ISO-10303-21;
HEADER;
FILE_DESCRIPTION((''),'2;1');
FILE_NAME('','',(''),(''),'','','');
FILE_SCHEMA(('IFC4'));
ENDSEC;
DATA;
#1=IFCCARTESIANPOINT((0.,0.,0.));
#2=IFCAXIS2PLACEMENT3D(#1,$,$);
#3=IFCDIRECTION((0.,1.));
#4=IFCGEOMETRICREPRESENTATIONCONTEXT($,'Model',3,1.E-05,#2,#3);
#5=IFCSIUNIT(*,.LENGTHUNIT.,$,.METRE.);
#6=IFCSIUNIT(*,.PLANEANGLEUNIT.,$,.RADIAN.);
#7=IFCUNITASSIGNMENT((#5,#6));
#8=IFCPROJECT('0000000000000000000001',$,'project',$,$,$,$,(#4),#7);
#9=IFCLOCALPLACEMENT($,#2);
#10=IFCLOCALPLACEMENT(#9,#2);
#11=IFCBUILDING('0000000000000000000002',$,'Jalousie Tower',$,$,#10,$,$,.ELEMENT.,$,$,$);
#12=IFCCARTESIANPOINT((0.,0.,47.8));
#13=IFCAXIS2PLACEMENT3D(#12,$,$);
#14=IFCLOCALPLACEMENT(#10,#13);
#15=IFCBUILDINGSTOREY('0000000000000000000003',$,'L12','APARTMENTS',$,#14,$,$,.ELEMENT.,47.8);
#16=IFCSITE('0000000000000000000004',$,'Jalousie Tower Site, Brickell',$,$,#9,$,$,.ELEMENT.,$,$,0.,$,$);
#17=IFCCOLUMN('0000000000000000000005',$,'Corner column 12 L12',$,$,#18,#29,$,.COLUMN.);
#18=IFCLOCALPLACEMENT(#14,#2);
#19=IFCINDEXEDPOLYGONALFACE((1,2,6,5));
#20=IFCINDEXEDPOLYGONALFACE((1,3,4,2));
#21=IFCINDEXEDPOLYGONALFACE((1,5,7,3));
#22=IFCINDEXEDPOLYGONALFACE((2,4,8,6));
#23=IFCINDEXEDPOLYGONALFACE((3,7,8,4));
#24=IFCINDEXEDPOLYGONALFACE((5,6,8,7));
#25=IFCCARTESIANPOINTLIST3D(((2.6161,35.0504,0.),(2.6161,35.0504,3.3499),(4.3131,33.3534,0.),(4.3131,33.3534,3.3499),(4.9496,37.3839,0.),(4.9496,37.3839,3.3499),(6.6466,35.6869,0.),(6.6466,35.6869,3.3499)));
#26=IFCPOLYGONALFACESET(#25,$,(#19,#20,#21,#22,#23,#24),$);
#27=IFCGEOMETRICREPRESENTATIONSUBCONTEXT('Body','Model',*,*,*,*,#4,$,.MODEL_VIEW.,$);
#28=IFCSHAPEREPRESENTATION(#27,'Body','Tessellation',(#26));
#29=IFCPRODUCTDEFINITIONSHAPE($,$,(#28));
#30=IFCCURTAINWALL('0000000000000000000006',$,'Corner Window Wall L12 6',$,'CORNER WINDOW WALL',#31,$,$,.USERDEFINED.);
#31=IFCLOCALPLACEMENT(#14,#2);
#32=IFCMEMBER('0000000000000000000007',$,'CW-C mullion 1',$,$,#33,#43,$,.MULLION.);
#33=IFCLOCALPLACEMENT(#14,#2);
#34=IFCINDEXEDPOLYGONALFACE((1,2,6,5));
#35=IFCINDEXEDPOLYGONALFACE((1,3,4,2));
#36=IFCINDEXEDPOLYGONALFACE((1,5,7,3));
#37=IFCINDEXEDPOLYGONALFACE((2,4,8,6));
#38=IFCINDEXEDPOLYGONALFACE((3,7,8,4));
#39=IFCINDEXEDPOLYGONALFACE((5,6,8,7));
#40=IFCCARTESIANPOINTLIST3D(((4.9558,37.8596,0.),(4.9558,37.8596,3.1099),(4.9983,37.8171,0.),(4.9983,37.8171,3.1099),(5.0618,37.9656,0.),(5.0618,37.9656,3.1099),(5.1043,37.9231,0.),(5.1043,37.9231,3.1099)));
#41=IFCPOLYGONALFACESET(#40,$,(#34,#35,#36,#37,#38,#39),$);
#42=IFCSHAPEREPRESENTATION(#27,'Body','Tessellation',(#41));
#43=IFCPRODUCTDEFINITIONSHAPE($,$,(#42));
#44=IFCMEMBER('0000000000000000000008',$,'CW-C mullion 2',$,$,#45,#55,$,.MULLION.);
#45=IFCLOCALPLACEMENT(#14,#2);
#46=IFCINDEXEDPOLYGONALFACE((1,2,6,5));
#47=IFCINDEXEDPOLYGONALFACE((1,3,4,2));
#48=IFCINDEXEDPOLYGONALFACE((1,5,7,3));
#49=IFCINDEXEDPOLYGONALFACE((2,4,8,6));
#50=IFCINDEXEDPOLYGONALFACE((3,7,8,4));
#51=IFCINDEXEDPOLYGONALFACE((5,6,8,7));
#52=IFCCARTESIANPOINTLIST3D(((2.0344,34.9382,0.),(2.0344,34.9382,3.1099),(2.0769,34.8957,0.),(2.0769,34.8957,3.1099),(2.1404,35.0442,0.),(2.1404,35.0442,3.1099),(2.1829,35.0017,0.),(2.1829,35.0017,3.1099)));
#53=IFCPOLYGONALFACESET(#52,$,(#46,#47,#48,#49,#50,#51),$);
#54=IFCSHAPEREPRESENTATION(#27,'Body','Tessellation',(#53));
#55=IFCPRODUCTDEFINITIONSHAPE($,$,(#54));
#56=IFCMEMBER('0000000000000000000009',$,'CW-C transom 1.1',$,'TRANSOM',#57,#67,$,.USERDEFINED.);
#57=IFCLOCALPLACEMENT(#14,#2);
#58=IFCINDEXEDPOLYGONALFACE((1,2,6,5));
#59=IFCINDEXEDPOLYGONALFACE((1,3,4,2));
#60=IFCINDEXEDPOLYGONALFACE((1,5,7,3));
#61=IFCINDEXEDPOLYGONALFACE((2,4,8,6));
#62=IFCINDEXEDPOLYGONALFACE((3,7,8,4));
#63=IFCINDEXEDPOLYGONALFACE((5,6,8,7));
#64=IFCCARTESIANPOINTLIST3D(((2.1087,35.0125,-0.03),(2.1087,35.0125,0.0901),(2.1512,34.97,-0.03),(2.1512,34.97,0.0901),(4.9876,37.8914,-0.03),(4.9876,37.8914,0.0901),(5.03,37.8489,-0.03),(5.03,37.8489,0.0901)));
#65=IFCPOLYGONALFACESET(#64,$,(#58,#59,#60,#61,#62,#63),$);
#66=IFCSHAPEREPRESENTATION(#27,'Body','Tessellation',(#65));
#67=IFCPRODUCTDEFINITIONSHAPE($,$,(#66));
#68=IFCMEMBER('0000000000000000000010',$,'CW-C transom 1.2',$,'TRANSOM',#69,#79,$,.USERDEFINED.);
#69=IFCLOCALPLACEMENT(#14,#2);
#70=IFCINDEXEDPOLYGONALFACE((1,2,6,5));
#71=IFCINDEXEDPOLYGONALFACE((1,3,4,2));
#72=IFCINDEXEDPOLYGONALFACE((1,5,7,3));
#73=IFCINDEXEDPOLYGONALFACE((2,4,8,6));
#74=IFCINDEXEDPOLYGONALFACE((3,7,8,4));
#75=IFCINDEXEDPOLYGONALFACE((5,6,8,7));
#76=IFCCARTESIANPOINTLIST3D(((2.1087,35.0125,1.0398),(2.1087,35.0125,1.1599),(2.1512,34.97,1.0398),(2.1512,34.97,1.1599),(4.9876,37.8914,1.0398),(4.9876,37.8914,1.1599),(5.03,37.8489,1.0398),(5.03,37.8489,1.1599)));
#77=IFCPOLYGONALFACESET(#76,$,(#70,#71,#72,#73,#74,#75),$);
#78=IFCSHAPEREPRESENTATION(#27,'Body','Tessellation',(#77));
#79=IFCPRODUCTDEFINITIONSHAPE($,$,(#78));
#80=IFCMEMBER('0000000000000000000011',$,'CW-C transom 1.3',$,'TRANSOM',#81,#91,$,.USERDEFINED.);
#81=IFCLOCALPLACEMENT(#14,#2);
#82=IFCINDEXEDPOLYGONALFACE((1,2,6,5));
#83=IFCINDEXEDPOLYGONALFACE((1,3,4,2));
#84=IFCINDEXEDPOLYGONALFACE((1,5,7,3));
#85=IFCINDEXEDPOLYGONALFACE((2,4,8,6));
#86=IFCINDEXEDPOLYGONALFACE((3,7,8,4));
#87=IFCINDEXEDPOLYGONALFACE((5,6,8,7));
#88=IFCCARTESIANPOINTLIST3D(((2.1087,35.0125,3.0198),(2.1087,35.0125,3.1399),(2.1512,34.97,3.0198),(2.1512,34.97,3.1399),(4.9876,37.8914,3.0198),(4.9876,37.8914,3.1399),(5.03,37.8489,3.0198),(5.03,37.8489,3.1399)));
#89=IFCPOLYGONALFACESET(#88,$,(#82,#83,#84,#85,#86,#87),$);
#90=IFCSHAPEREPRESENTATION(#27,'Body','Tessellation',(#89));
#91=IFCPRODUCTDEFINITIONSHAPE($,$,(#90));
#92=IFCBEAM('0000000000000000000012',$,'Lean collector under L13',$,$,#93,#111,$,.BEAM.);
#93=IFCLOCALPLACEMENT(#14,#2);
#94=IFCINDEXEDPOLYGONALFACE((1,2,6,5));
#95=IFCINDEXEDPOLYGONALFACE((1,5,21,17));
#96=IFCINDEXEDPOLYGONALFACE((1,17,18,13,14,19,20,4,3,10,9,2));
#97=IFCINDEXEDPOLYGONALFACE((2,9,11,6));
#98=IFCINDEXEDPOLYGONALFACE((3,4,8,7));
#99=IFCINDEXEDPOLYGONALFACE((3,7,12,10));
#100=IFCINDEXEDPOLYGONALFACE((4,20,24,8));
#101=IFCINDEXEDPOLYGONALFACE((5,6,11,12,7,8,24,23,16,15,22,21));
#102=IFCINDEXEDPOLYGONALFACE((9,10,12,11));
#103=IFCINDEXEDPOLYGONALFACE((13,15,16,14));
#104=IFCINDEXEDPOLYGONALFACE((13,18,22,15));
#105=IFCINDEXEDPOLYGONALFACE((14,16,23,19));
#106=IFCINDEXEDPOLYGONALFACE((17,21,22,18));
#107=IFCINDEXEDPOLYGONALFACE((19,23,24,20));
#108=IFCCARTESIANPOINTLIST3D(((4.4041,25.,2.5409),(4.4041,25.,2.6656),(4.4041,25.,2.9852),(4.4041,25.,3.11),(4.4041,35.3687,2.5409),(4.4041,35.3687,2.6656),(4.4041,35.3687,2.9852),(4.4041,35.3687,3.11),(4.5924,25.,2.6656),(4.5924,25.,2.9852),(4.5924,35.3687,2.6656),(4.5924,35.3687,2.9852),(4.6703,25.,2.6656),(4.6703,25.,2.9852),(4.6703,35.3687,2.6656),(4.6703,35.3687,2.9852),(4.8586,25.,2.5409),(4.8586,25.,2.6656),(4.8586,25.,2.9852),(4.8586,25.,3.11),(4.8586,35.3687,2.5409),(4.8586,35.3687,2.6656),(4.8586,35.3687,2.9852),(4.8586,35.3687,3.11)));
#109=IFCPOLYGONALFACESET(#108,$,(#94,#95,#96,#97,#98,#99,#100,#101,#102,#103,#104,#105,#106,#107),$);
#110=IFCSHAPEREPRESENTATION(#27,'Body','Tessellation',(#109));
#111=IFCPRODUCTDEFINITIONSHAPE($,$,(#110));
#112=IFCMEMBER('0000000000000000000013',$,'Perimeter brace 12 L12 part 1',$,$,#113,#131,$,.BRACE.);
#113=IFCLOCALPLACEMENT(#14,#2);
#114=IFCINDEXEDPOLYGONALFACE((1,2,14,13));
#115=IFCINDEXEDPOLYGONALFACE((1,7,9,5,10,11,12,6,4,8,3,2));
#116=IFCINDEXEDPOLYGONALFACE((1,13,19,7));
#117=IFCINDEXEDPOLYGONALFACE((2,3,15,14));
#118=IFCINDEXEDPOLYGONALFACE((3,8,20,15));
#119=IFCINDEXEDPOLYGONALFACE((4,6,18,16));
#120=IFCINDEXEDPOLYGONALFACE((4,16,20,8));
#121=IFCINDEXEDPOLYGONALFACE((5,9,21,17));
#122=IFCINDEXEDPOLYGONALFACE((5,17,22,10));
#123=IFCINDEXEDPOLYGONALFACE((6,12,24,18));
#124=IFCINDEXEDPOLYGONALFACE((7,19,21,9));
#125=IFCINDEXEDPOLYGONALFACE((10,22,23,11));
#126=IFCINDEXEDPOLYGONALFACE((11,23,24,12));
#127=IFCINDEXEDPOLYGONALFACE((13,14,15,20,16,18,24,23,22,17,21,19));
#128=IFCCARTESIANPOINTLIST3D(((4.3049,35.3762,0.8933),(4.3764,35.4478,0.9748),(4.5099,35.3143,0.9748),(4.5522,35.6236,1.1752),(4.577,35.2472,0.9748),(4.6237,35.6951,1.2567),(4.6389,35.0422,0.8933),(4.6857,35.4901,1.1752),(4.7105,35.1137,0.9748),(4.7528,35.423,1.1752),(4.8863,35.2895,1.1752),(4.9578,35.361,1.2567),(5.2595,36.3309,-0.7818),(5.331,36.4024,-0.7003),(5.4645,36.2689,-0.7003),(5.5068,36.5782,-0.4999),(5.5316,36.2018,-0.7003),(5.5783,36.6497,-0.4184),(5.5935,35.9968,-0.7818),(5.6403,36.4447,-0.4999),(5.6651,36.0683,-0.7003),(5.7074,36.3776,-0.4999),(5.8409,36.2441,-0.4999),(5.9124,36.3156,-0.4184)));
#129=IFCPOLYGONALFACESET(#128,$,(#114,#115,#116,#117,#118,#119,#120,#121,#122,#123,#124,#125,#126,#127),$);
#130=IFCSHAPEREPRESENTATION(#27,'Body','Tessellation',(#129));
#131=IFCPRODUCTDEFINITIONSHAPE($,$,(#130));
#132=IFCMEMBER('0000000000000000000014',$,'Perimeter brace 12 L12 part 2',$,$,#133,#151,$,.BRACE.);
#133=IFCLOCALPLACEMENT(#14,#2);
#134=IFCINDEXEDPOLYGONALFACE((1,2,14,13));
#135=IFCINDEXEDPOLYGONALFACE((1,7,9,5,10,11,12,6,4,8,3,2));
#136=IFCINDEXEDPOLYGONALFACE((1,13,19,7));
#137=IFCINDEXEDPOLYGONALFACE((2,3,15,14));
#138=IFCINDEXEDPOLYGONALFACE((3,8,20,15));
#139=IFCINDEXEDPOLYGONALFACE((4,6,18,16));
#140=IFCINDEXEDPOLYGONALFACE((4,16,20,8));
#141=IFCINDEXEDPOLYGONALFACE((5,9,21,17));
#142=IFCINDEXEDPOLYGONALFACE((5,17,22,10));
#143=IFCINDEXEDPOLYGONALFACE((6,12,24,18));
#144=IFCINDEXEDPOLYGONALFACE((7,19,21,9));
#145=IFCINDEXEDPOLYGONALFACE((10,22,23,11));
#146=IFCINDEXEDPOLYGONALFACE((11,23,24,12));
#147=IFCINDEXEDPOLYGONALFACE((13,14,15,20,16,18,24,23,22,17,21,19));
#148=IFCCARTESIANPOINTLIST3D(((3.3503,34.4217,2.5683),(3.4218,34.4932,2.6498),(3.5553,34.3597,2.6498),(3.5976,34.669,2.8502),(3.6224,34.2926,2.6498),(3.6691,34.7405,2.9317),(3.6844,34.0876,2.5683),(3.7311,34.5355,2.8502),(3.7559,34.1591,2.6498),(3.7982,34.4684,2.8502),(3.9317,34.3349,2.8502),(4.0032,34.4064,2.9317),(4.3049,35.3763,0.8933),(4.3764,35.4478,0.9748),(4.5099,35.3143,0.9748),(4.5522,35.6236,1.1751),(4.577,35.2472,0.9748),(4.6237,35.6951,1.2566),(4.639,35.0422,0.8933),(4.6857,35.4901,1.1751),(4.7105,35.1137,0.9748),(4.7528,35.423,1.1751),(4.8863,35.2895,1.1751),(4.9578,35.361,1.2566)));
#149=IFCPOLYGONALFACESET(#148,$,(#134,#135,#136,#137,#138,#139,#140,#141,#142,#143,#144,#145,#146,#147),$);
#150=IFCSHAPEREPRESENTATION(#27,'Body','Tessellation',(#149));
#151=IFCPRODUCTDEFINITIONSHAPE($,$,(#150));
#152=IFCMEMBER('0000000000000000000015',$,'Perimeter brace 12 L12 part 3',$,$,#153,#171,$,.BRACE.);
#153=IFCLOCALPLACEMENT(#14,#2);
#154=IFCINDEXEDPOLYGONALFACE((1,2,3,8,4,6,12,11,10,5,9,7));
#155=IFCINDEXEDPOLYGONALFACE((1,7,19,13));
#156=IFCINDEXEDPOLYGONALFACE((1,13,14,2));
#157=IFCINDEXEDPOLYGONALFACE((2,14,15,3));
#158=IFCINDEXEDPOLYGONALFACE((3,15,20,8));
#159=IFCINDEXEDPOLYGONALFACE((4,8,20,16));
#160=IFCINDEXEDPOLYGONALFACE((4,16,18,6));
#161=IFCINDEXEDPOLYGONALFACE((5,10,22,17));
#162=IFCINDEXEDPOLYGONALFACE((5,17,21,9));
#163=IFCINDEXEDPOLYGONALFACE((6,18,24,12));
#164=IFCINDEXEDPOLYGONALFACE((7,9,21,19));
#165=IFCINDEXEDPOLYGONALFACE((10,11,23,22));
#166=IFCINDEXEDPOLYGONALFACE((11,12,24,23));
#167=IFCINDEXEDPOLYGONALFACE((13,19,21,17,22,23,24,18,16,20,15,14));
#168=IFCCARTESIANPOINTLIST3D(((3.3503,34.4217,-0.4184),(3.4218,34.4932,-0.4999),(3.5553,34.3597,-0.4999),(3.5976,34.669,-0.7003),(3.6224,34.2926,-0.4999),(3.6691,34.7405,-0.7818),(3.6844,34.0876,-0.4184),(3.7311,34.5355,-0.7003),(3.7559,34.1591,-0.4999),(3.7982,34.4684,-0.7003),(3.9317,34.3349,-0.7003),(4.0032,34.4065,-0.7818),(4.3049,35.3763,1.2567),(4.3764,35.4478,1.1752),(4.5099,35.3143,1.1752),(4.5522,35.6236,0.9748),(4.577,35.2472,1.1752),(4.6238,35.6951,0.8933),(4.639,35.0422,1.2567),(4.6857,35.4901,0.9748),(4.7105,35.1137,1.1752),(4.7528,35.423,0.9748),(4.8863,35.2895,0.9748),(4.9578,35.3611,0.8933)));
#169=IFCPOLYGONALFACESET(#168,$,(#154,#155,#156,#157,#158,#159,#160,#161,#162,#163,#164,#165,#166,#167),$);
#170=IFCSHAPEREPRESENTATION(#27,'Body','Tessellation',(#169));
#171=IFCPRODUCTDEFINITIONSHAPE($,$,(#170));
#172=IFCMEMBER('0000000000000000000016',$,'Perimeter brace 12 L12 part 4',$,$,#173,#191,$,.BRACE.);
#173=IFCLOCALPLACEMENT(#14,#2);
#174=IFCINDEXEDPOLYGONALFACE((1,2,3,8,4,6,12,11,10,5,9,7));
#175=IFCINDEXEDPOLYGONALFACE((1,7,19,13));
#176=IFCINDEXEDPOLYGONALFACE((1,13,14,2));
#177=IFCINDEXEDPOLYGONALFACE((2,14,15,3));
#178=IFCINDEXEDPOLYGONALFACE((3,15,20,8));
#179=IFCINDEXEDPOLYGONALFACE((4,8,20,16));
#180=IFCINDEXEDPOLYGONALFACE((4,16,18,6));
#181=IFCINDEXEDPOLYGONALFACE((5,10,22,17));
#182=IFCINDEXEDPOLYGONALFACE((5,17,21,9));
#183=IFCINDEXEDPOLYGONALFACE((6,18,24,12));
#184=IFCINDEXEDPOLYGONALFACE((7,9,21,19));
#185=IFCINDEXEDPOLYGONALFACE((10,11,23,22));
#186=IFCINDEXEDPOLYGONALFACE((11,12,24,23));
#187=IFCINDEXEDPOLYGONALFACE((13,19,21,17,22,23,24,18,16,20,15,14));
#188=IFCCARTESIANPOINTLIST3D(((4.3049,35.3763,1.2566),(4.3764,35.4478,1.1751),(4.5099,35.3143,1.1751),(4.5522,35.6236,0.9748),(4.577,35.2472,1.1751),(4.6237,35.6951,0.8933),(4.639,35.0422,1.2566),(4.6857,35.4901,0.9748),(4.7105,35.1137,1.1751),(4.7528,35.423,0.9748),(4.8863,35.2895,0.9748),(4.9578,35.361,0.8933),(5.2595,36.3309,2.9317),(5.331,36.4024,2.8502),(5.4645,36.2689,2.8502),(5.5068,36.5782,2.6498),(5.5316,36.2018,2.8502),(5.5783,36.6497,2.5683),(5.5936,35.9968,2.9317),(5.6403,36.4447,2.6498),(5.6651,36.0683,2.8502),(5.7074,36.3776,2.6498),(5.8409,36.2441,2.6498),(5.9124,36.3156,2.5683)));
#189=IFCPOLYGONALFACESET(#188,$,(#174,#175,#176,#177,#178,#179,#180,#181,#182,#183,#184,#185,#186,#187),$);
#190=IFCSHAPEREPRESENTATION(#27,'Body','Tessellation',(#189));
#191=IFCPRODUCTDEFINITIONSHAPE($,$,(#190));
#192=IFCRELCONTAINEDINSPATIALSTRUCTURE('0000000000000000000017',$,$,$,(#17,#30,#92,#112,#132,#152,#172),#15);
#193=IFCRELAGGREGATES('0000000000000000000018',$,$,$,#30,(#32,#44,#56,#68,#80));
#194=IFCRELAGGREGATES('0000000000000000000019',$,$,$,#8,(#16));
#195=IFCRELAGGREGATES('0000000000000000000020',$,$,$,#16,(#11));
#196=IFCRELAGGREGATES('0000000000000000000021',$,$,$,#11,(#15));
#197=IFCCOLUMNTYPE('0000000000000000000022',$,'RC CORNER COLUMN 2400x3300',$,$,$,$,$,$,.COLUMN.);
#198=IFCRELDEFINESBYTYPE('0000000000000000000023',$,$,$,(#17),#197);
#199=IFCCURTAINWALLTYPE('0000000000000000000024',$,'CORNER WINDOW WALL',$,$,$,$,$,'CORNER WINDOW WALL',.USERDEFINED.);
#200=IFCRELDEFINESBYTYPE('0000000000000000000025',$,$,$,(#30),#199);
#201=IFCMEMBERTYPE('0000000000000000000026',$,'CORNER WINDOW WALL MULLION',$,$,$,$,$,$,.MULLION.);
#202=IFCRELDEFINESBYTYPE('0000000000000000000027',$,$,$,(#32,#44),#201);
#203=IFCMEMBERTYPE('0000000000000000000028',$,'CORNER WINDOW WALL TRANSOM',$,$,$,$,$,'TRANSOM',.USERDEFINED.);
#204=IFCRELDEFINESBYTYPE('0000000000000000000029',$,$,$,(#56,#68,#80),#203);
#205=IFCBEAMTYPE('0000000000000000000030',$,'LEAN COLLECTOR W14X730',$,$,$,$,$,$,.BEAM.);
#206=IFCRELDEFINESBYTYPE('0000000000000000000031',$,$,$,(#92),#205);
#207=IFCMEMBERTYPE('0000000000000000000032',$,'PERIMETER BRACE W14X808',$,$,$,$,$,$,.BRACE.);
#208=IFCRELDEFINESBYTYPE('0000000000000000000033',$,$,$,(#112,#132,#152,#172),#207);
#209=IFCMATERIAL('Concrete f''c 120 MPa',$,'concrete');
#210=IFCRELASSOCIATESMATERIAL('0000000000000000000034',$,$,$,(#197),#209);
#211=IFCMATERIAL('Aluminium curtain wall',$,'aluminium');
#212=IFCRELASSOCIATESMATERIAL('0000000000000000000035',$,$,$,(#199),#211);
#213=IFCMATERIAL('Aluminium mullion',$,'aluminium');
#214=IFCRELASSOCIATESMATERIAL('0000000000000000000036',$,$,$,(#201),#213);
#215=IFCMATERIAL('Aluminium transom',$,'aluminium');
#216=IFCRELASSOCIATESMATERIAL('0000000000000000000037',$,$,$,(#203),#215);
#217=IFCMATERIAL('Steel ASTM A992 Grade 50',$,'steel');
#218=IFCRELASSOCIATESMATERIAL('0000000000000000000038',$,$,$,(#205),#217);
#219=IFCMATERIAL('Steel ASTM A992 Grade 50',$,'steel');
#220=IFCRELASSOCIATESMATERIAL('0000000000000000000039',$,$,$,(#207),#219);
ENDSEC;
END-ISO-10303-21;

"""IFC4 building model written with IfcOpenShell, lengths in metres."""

from ifc_helpers import new_model, si_unit, direction, frame, origin, origin_2d, place, context, subcontext, project, spatial, rectangle, i_section, extrude, material, material_profile, profile_set, type_object, element, aggregate, save


model = new_model("IFC4")

# Units and contexts
model_context = context("Model", 3, precision=1e-05, world=origin(), true_north=direction((0.0, 1.0)))
body_context = subcontext(model_context, "Body", "Model", "MODEL_VIEW")
ifc_project = project(units=[si_unit("LENGTHUNIT", "METRE"), si_unit("PLANEANGLEUNIT", "RADIAN")], contexts=[model_context])

# Site, building, storey
site_placement = place(None, origin())
site = spatial("IfcSite", under=ifc_project, at=site_placement, Name="Jalousie Tower Site, Brickell", CompositionType="ELEMENT", RefElevation=0.0)
building_placement = place(site_placement, origin())
building = spatial("IfcBuilding", under=site, at=building_placement, Name="Jalousie Tower", CompositionType="ELEMENT")
storey_placement = place(building_placement, frame((0.0, 0.0, 47.8)))
storey = spatial("IfcBuildingStorey", under=building, at=storey_placement, Name="L12", Description="APARTMENTS", CompositionType="ELEMENT", Elevation=47.8)

# Column
ifc_material_1 = material(Name="Concrete f'c 120 MPa", Category="concrete")
ifc_material_profile_1 = material_profile(ifc_material_1, rectangle(XDim=2.3999, YDim=3.3, at=origin_2d()), Name="RC 2400x3300")
ifc_profile_set_1 = profile_set([ifc_material_profile_1], Name="Concrete f'c 120 MPa")
column_type = type_object("IfcColumnType", Name="RC CORNER COLUMN 2400x3300", PredefinedType="COLUMN", material=ifc_profile_set_1)
column_placement = place(storey_placement, frame((4.6313, 35.3687, 0.0), z_axis=(0.0, 0.0, 1.0), x_axis=(0.707107, -0.707107, 0.0)))
element("IfcColumn", 1, at=column_placement, inside=storey, type_object=column_type, Name="Corner column 12 L12", PredefinedType="COLUMN", context=body_context, shape_type="SweptSolid", body=[
    extrude(rectangle(XDim=2.3999, YDim=3.3, at=origin_2d()), origin(), (0.0, 0.0, 1.0), 3.3499),
])

# Curtain wall, members
ifc_material_2 = material(Name="Aluminium curtain wall", Category="aluminium")
curtain_wall_type_1 = type_object("IfcCurtainWallType", Name="CORNER WINDOW WALL", ElementType="CORNER WINDOW WALL", PredefinedType="USERDEFINED", material=ifc_material_2)
curtain_wall_1_placement = place(storey_placement, origin())
curtain_wall_1 = element("IfcCurtainWall", 2, at=curtain_wall_1_placement, inside=storey, type_object=curtain_wall_type_1, Name="Corner Window Wall L12 6", ObjectType="CORNER WINDOW WALL", PredefinedType="USERDEFINED")
ifc_material_3 = material(Name="Aluminium mullion", Category="aluminium")
ifc_material_profile_2 = material_profile(ifc_material_3, rectangle(XDim=0.0601, YDim=0.1499, at=origin_2d()), Name="MULLION 60x150")
ifc_profile_set_2 = profile_set([ifc_material_profile_2], Name="Aluminium mullion")
member_type_1 = type_object("IfcMemberType", Name="CORNER WINDOW WALL MULLION", PredefinedType="MULLION", material=ifc_profile_set_2)
member_1_placement = place(storey_placement, frame((5.03, 37.8914, 0.0), z_axis=(0.0, 0.0, 1.0), x_axis=(0.707107, -0.707107, 0.0)))
member_1 = element("IfcMember", 3, at=member_1_placement, type_object=member_type_1, Name="CW-C mullion 1", PredefinedType="MULLION", context=body_context, shape_type="SweptSolid", body=[
    extrude(rectangle(XDim=0.0601, YDim=0.1499, at=origin_2d()), origin(), (0.0, 0.0, 1.0), 3.1099),
])
member_2_placement = place(storey_placement, frame((2.1086, 34.97, 0.0), z_axis=(0.0, 0.0, 1.0), x_axis=(0.707107, -0.707107, 0.0)))
member_2 = element("IfcMember", 4, at=member_2_placement, type_object=member_type_1, Name="CW-C mullion 2", PredefinedType="MULLION", context=body_context, shape_type="SweptSolid", body=[
    extrude(rectangle(XDim=0.0601, YDim=0.1499, at=origin_2d()), origin(), (0.0, 0.0, 1.0), 3.1099),
])
ifc_material_4 = material(Name="Aluminium transom", Category="aluminium")
ifc_material_profile_3 = material_profile(ifc_material_4, rectangle(XDim=0.0601, YDim=0.1201, at=origin_2d()), Name="TRANSOM 60x120")
ifc_profile_set_3 = profile_set([ifc_material_profile_3], Name="Aluminium transom")
member_type_2 = type_object("IfcMemberType", Name="CORNER WINDOW WALL TRANSOM", ElementType="TRANSOM", PredefinedType="USERDEFINED", material=ifc_profile_set_3)
member_3_placement = place(storey_placement, frame((5.0088, 37.8701, 0.03), z_axis=(-0.707107, -0.707107, 0.0), x_axis=(0.707107, -0.707107, 0.0)))
member_3 = element("IfcMember", 5, at=member_3_placement, type_object=member_type_2, Name="CW-C transom 1.1", ObjectType="TRANSOM", PredefinedType="USERDEFINED", context=body_context, shape_type="SweptSolid", body=[
    extrude(rectangle(XDim=0.0601, YDim=0.1201, at=origin_2d()), origin(), (0.0, 0.0, 1.0), 4.0713),
])
member_4_placement = place(storey_placement, frame((5.0088, 37.8701, 1.0999), z_axis=(-0.707107, -0.707107, 0.0), x_axis=(0.707107, -0.707107, 0.0)))
member_4 = element("IfcMember", 6, at=member_4_placement, type_object=member_type_2, Name="CW-C transom 1.2", ObjectType="TRANSOM", PredefinedType="USERDEFINED", context=body_context, shape_type="SweptSolid", body=[
    extrude(rectangle(XDim=0.0601, YDim=0.1201, at=origin_2d()), origin(), (0.0, 0.0, 1.0), 4.0713),
])
member_5_placement = place(storey_placement, frame((5.0088, 37.8701, 3.0798), z_axis=(-0.707107, -0.707107, 0.0), x_axis=(0.707107, -0.707107, 0.0)))
member_5 = element("IfcMember", 7, at=member_5_placement, type_object=member_type_2, Name="CW-C transom 1.3", ObjectType="TRANSOM", PredefinedType="USERDEFINED", context=body_context, shape_type="SweptSolid", body=[
    extrude(rectangle(XDim=0.0601, YDim=0.1201, at=origin_2d()), origin(), (0.0, 0.0, 1.0), 4.0713),
])

# Beam
ifc_material_5 = material(Name="Steel ASTM A992 Grade 50", Category="steel")
ifc_material_profile_4 = material_profile(ifc_material_5, i_section(OverallWidth=0.4546, OverallDepth=0.5691, WebThickness=0.0779, FlangeThickness=0.1248, at=origin_2d()), Name="W14X730")
ifc_profile_set_4 = profile_set([ifc_material_profile_4], Name="Steel ASTM A992 Grade 50")
beam_type_1 = type_object("IfcBeamType", Name="LEAN COLLECTOR W14X730", PredefinedType="BEAM", material=ifc_profile_set_4)
beam_1_placement = place(storey_placement, frame((4.6313, 35.3687, 2.8254), z_axis=(0.0, -1.0, 0.0), x_axis=(1.0, 0.0, 0.0)))
element("IfcBeam", 8, at=beam_1_placement, inside=storey, type_object=beam_type_1, Name="Lean collector under L13", PredefinedType="BEAM", context=body_context, shape_type="SweptSolid", body=[
    extrude(i_section(OverallWidth=0.4546, OverallDepth=0.5691, WebThickness=0.0779, FlangeThickness=0.1248, at=origin_2d()), origin(), (0.0, 0.0, 1.0), 10.3687),
])

# Members
ifc_material_6 = material(Name="Steel ASTM A992 Grade 50", Category="steel")
ifc_material_profile_5 = material_profile(ifc_material_6, i_section(OverallWidth=0.4724, OverallDepth=0.5791, WebThickness=0.095, FlangeThickness=0.1299, at=origin_2d()), Name="W14X808")
ifc_profile_set_5 = profile_set([ifc_material_profile_5], Name="Steel ASTM A992 Grade 50")
member_type_3 = type_object("IfcMemberType", Name="PERIMETER BRACE W14X808", PredefinedType="BRACE", material=ifc_profile_set_5)
for number, where, z_axis, x_axis, name in (
    (9, (5.5859, 36.3232, -0.6001), (-0.443718, -0.443718, 0.778607), (0.707107, -0.707107, 0.0), "Perimeter brace 12 L12 part 1"),
    (10, (4.6313, 35.3687, 1.075), (-0.443718, -0.443718, 0.778607), (0.707107, -0.707107, 0.0), "Perimeter brace 12 L12 part 2"),
    (11, (3.6768, 34.4141, -0.6001), (0.443718, 0.443718, 0.778607), (-0.707107, 0.707107, 0.0), "Perimeter brace 12 L12 part 3"),
    (12, (4.6313, 35.3687, 1.075), (0.443718, 0.443718, 0.778607), (-0.707107, 0.707107, 0.0), "Perimeter brace 12 L12 part 4"),
):
    element("IfcMember", number, at=place(storey_placement, frame(where, z_axis=z_axis, x_axis=x_axis)), inside=storey, type_object=member_type_3, Name=name, PredefinedType="BRACE", context=body_context, shape_type="SweptSolid", body=[
        extrude(i_section(OverallWidth=0.4724, OverallDepth=0.5791, WebThickness=0.095, FlangeThickness=0.1299, at=origin_2d()), origin(), (0.0, 0.0, 1.0), 2.1514),
    ])

aggregate(curtain_wall_1, [member_1, member_2, member_3, member_4, member_5])

save(model, "model.ifc")
